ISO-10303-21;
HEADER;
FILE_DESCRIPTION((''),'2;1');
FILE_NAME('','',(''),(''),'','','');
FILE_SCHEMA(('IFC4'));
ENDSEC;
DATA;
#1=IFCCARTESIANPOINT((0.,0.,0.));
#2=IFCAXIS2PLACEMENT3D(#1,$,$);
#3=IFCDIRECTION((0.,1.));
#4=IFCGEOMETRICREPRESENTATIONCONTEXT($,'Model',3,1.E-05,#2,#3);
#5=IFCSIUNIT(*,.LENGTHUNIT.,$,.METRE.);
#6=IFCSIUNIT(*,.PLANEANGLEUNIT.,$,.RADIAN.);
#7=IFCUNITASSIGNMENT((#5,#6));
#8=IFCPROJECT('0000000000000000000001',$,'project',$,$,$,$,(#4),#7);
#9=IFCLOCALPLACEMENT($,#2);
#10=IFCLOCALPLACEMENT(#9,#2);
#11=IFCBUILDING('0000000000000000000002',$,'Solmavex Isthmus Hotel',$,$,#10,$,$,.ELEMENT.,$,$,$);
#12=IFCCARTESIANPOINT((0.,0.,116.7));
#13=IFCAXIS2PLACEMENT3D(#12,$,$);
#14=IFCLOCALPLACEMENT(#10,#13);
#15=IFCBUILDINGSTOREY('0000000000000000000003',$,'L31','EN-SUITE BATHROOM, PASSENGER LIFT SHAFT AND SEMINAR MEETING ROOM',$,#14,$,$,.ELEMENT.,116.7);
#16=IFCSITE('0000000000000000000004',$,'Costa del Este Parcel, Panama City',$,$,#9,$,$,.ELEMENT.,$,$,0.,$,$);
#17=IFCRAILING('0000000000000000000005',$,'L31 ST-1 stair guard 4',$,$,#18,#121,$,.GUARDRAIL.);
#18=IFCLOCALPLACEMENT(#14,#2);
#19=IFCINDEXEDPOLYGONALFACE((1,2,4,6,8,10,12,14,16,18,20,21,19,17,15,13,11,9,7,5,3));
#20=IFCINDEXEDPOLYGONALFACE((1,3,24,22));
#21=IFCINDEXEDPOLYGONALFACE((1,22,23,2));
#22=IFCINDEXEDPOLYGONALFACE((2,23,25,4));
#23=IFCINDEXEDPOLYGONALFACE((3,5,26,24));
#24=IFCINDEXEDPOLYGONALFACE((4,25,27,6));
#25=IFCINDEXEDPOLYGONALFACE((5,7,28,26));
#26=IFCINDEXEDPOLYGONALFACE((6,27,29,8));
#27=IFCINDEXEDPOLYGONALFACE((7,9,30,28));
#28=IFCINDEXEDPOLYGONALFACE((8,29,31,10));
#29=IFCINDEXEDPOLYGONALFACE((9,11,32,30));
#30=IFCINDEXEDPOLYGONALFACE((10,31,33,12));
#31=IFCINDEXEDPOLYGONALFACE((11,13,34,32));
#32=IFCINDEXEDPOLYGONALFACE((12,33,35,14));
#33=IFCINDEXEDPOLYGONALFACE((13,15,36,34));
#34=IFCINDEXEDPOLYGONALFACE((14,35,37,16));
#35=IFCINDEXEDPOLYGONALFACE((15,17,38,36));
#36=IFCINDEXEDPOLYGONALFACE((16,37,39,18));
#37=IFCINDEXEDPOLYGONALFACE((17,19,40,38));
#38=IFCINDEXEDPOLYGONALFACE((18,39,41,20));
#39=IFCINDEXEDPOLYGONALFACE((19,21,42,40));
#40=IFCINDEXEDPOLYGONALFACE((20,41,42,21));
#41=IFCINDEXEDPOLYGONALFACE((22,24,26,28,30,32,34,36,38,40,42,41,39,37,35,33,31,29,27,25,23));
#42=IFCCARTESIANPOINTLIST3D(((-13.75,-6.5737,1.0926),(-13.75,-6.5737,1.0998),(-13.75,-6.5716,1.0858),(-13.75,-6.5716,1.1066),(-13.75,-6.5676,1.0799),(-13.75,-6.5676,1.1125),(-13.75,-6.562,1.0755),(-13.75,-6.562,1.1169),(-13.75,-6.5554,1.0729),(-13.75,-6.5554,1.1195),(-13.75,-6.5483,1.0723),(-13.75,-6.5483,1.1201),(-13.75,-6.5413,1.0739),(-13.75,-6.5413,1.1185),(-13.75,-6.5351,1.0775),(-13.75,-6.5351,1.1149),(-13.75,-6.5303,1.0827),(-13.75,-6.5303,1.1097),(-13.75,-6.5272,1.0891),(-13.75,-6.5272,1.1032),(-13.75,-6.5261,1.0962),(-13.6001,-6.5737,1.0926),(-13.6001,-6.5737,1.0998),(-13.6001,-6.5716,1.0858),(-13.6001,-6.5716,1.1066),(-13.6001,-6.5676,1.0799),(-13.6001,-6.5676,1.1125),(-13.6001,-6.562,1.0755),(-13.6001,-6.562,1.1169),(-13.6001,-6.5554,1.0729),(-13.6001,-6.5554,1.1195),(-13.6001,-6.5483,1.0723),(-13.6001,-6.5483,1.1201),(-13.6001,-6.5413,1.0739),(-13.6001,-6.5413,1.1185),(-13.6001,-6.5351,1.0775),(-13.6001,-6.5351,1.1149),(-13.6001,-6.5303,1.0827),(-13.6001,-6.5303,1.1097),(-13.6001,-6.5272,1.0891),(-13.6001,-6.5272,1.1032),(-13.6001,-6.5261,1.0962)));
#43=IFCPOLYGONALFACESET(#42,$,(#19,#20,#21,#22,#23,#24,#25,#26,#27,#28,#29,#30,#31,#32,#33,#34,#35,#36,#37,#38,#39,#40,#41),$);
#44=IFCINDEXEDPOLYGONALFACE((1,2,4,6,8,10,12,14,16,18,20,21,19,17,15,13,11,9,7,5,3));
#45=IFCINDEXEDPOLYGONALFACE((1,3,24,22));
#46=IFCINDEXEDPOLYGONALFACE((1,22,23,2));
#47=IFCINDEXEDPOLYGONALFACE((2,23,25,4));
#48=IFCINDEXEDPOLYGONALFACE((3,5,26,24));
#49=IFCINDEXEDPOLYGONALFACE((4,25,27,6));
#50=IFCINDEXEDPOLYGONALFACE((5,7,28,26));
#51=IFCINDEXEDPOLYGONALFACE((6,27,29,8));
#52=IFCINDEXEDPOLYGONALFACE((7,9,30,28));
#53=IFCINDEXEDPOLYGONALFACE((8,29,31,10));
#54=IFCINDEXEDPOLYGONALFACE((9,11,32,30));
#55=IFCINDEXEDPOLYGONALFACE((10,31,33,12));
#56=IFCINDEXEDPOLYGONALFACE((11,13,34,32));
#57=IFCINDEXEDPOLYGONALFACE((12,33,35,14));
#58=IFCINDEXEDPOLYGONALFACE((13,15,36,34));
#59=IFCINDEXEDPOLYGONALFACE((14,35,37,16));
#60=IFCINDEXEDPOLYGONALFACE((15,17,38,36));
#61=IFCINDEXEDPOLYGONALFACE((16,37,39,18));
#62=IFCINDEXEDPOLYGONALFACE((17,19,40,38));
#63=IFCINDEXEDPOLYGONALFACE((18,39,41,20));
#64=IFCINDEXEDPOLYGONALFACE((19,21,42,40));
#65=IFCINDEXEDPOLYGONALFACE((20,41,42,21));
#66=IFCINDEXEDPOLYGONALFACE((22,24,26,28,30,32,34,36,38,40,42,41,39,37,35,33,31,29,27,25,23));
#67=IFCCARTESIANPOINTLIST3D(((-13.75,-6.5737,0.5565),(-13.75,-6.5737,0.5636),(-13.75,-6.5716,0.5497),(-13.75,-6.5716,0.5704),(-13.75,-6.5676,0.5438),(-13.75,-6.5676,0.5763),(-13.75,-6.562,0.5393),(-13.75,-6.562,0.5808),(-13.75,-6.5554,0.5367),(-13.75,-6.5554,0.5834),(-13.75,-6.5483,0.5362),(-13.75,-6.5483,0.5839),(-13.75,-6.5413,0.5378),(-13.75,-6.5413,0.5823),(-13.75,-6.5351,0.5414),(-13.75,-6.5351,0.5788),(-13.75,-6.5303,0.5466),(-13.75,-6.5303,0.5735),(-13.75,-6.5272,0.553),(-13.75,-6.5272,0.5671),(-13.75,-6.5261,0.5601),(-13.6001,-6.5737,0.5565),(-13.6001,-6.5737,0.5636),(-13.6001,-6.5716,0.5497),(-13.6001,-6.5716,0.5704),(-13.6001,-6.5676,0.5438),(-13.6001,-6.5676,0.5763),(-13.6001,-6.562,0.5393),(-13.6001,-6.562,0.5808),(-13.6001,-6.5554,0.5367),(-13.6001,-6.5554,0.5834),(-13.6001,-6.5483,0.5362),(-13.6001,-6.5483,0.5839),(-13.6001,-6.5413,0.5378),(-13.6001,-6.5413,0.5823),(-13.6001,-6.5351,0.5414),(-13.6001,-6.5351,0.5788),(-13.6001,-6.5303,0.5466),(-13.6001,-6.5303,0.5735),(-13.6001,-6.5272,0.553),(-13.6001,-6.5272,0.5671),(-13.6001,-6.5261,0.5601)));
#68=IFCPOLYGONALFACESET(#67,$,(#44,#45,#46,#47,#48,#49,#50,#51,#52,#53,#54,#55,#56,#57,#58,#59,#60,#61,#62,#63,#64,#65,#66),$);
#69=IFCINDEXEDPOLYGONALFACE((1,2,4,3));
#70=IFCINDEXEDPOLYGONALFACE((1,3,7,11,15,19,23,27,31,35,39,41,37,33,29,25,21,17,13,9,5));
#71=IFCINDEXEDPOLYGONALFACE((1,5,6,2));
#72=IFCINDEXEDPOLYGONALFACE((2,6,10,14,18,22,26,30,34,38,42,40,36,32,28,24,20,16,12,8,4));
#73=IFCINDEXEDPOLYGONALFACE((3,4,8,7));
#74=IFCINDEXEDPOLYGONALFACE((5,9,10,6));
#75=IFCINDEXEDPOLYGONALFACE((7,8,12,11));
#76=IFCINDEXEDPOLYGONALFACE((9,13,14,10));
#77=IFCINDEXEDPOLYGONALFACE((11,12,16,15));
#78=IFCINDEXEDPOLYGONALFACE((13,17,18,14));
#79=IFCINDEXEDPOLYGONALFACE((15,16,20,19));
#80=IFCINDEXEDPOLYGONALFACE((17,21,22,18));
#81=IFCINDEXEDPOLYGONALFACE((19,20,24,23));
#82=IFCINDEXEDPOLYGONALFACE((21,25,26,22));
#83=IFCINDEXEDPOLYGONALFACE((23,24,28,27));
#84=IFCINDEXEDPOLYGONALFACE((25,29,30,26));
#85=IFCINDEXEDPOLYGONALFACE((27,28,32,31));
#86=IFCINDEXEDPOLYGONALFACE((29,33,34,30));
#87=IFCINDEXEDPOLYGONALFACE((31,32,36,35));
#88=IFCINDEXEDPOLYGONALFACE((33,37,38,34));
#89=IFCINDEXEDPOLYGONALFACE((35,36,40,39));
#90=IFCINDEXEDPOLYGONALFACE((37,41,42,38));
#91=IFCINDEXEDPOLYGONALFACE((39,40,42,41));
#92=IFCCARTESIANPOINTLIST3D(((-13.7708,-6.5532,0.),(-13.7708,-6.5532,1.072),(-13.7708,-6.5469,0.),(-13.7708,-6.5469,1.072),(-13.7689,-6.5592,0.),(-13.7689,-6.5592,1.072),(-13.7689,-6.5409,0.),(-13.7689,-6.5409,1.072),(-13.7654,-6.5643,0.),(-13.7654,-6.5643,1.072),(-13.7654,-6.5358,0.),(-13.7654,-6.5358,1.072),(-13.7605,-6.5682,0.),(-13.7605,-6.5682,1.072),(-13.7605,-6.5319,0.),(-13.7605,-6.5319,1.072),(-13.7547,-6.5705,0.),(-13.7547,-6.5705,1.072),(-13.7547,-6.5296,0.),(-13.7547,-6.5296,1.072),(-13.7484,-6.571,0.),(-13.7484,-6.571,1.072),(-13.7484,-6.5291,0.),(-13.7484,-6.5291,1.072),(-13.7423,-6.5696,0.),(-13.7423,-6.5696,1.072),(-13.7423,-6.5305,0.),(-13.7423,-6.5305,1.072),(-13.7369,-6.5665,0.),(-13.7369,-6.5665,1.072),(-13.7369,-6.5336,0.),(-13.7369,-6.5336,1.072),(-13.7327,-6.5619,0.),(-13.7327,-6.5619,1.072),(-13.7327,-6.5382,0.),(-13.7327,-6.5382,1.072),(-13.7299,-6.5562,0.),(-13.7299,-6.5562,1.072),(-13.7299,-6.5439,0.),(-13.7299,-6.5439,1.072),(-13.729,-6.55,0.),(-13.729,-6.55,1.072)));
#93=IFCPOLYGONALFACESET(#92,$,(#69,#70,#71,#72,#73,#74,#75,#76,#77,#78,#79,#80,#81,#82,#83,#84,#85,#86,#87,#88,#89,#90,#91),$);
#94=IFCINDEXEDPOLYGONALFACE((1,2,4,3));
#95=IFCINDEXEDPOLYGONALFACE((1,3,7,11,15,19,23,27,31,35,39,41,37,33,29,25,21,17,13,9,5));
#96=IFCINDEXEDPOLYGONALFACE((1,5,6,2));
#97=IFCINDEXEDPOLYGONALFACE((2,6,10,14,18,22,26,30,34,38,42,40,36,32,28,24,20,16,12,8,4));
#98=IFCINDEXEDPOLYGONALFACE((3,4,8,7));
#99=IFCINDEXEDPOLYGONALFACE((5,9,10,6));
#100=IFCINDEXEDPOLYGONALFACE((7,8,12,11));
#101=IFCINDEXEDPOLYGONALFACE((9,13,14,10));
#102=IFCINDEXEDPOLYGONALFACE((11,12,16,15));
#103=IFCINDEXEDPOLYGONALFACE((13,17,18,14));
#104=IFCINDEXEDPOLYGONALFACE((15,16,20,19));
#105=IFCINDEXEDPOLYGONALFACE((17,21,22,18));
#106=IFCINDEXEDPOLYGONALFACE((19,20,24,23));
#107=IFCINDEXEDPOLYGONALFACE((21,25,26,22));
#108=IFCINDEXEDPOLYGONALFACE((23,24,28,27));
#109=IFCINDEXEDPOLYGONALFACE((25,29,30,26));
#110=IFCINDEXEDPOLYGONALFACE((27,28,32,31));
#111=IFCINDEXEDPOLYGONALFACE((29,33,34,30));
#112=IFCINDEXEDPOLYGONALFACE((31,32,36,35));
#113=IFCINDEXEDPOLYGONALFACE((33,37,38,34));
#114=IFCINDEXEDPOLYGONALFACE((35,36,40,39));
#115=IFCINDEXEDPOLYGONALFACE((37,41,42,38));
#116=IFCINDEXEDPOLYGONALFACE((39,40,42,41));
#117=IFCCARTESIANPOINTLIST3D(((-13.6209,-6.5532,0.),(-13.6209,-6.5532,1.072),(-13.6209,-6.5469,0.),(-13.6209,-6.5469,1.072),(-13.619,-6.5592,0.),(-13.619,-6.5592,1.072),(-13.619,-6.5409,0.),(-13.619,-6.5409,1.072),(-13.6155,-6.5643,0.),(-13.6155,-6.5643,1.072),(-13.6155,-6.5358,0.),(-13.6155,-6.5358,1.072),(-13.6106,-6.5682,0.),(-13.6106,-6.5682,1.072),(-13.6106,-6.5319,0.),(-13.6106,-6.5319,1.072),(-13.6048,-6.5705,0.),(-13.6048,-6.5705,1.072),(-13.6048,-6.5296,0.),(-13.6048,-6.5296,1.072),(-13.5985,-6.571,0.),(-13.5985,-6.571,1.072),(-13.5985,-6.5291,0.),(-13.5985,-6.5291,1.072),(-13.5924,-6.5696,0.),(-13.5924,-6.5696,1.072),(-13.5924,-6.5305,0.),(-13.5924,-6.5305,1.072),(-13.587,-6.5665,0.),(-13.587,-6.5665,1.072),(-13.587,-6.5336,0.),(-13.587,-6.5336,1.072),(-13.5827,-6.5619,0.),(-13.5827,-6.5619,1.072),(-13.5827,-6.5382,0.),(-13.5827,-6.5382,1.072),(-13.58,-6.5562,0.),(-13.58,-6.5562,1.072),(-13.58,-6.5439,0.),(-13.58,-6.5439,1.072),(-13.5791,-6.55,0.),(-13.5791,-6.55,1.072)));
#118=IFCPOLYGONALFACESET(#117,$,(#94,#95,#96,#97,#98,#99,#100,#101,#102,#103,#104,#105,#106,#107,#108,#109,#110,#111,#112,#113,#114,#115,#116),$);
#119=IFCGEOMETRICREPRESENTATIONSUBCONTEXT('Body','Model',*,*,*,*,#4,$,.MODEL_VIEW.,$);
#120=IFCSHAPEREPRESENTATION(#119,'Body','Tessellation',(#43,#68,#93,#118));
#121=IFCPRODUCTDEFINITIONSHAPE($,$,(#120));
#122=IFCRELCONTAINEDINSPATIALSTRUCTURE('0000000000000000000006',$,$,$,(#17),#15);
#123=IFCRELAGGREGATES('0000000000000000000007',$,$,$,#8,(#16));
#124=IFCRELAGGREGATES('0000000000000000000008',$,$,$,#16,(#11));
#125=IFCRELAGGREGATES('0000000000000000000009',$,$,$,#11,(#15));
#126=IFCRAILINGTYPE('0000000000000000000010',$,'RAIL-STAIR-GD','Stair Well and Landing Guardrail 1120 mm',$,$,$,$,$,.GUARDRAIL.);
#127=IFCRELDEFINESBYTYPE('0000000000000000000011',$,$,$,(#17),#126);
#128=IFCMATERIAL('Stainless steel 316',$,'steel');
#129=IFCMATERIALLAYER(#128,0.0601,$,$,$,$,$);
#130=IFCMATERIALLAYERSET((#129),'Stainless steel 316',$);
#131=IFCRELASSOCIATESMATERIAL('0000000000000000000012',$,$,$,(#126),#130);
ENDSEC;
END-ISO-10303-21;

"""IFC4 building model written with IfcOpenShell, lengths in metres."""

from ifc_helpers import new_model, si_unit, direction, frame, origin, origin_2d, place, context, subcontext, project, spatial, circle, extrude, material, layer, layer_set, type_object, element, save


model = new_model("IFC4")

# Units and contexts
model_context = context("Model", 3, precision=1e-05, world=origin(), true_north=direction((0.0, 1.0)))
body_context = subcontext(model_context, "Body", "Model", "MODEL_VIEW")
ifc_project = project(units=[si_unit("LENGTHUNIT", "METRE"), si_unit("PLANEANGLEUNIT", "RADIAN")], contexts=[model_context])

# Site, building, storey
site_placement = place(None, origin())
site = spatial("IfcSite", under=ifc_project, at=site_placement, Name="Costa del Este Parcel, Panama City", CompositionType="ELEMENT", RefElevation=0.0)
building_placement = place(site_placement, origin())
building = spatial("IfcBuilding", under=site, at=building_placement, Name="Solmavex Isthmus Hotel", CompositionType="ELEMENT")
storey_placement = place(building_placement, frame((0.0, 0.0, 116.7)))
storey = spatial("IfcBuildingStorey", under=building, at=storey_placement, Name="L31", Description="EN-SUITE BATHROOM, PASSENGER LIFT SHAFT AND SEMINAR MEETING ROOM", CompositionType="ELEMENT", Elevation=116.7)

# Railing
ifc_material_1 = material(Name="Stainless steel 316", Category="steel")
ifc_layer_1 = layer(ifc_material_1, 0.0601)
ifc_layer_set_1 = layer_set([ifc_layer_1], Name="Stainless steel 316")
railing_type_1 = type_object("IfcRailingType", Name="RAIL-STAIR-GD", Description="Stair Well and Landing Guardrail 1120 mm", PredefinedType="GUARDRAIL", material=ifc_layer_set_1)
railing_1_placement = place(storey_placement, frame((-13.75, -6.55, 0.0)))
element("IfcRailing", 1, at=railing_1_placement, inside=storey, type_object=railing_type_1, Name="L31 ST-1 stair guard 4", PredefinedType="GUARDRAIL", context=body_context, shape_type="SweptSolid", body=[
    extrude(circle(Radius=0.0239, at=origin_2d()), frame((0.0, 0.0, 1.0962), z_axis=(1.0, 0.0, 0.0), x_axis=(0.0, 1.0, 0.0)), (0.0, 0.0, 1.0), 0.1499),
    extrude(circle(Radius=0.0239, at=origin_2d()), frame((0.0, 0.0, 0.5601), z_axis=(1.0, 0.0, 0.0), x_axis=(0.0, 1.0, 0.0)), (0.0, 0.0, 1.0), 0.1499),
    extrude(circle(Radius=0.021, at=origin_2d()), origin(), (0.0, 0.0, 1.0), 1.072),
    extrude(circle(Radius=0.021, at=origin_2d()), frame((0.1499, 0.0, 0.0)), (0.0, 0.0, 1.0), 1.072),
])

save(model, "model.ifc")
